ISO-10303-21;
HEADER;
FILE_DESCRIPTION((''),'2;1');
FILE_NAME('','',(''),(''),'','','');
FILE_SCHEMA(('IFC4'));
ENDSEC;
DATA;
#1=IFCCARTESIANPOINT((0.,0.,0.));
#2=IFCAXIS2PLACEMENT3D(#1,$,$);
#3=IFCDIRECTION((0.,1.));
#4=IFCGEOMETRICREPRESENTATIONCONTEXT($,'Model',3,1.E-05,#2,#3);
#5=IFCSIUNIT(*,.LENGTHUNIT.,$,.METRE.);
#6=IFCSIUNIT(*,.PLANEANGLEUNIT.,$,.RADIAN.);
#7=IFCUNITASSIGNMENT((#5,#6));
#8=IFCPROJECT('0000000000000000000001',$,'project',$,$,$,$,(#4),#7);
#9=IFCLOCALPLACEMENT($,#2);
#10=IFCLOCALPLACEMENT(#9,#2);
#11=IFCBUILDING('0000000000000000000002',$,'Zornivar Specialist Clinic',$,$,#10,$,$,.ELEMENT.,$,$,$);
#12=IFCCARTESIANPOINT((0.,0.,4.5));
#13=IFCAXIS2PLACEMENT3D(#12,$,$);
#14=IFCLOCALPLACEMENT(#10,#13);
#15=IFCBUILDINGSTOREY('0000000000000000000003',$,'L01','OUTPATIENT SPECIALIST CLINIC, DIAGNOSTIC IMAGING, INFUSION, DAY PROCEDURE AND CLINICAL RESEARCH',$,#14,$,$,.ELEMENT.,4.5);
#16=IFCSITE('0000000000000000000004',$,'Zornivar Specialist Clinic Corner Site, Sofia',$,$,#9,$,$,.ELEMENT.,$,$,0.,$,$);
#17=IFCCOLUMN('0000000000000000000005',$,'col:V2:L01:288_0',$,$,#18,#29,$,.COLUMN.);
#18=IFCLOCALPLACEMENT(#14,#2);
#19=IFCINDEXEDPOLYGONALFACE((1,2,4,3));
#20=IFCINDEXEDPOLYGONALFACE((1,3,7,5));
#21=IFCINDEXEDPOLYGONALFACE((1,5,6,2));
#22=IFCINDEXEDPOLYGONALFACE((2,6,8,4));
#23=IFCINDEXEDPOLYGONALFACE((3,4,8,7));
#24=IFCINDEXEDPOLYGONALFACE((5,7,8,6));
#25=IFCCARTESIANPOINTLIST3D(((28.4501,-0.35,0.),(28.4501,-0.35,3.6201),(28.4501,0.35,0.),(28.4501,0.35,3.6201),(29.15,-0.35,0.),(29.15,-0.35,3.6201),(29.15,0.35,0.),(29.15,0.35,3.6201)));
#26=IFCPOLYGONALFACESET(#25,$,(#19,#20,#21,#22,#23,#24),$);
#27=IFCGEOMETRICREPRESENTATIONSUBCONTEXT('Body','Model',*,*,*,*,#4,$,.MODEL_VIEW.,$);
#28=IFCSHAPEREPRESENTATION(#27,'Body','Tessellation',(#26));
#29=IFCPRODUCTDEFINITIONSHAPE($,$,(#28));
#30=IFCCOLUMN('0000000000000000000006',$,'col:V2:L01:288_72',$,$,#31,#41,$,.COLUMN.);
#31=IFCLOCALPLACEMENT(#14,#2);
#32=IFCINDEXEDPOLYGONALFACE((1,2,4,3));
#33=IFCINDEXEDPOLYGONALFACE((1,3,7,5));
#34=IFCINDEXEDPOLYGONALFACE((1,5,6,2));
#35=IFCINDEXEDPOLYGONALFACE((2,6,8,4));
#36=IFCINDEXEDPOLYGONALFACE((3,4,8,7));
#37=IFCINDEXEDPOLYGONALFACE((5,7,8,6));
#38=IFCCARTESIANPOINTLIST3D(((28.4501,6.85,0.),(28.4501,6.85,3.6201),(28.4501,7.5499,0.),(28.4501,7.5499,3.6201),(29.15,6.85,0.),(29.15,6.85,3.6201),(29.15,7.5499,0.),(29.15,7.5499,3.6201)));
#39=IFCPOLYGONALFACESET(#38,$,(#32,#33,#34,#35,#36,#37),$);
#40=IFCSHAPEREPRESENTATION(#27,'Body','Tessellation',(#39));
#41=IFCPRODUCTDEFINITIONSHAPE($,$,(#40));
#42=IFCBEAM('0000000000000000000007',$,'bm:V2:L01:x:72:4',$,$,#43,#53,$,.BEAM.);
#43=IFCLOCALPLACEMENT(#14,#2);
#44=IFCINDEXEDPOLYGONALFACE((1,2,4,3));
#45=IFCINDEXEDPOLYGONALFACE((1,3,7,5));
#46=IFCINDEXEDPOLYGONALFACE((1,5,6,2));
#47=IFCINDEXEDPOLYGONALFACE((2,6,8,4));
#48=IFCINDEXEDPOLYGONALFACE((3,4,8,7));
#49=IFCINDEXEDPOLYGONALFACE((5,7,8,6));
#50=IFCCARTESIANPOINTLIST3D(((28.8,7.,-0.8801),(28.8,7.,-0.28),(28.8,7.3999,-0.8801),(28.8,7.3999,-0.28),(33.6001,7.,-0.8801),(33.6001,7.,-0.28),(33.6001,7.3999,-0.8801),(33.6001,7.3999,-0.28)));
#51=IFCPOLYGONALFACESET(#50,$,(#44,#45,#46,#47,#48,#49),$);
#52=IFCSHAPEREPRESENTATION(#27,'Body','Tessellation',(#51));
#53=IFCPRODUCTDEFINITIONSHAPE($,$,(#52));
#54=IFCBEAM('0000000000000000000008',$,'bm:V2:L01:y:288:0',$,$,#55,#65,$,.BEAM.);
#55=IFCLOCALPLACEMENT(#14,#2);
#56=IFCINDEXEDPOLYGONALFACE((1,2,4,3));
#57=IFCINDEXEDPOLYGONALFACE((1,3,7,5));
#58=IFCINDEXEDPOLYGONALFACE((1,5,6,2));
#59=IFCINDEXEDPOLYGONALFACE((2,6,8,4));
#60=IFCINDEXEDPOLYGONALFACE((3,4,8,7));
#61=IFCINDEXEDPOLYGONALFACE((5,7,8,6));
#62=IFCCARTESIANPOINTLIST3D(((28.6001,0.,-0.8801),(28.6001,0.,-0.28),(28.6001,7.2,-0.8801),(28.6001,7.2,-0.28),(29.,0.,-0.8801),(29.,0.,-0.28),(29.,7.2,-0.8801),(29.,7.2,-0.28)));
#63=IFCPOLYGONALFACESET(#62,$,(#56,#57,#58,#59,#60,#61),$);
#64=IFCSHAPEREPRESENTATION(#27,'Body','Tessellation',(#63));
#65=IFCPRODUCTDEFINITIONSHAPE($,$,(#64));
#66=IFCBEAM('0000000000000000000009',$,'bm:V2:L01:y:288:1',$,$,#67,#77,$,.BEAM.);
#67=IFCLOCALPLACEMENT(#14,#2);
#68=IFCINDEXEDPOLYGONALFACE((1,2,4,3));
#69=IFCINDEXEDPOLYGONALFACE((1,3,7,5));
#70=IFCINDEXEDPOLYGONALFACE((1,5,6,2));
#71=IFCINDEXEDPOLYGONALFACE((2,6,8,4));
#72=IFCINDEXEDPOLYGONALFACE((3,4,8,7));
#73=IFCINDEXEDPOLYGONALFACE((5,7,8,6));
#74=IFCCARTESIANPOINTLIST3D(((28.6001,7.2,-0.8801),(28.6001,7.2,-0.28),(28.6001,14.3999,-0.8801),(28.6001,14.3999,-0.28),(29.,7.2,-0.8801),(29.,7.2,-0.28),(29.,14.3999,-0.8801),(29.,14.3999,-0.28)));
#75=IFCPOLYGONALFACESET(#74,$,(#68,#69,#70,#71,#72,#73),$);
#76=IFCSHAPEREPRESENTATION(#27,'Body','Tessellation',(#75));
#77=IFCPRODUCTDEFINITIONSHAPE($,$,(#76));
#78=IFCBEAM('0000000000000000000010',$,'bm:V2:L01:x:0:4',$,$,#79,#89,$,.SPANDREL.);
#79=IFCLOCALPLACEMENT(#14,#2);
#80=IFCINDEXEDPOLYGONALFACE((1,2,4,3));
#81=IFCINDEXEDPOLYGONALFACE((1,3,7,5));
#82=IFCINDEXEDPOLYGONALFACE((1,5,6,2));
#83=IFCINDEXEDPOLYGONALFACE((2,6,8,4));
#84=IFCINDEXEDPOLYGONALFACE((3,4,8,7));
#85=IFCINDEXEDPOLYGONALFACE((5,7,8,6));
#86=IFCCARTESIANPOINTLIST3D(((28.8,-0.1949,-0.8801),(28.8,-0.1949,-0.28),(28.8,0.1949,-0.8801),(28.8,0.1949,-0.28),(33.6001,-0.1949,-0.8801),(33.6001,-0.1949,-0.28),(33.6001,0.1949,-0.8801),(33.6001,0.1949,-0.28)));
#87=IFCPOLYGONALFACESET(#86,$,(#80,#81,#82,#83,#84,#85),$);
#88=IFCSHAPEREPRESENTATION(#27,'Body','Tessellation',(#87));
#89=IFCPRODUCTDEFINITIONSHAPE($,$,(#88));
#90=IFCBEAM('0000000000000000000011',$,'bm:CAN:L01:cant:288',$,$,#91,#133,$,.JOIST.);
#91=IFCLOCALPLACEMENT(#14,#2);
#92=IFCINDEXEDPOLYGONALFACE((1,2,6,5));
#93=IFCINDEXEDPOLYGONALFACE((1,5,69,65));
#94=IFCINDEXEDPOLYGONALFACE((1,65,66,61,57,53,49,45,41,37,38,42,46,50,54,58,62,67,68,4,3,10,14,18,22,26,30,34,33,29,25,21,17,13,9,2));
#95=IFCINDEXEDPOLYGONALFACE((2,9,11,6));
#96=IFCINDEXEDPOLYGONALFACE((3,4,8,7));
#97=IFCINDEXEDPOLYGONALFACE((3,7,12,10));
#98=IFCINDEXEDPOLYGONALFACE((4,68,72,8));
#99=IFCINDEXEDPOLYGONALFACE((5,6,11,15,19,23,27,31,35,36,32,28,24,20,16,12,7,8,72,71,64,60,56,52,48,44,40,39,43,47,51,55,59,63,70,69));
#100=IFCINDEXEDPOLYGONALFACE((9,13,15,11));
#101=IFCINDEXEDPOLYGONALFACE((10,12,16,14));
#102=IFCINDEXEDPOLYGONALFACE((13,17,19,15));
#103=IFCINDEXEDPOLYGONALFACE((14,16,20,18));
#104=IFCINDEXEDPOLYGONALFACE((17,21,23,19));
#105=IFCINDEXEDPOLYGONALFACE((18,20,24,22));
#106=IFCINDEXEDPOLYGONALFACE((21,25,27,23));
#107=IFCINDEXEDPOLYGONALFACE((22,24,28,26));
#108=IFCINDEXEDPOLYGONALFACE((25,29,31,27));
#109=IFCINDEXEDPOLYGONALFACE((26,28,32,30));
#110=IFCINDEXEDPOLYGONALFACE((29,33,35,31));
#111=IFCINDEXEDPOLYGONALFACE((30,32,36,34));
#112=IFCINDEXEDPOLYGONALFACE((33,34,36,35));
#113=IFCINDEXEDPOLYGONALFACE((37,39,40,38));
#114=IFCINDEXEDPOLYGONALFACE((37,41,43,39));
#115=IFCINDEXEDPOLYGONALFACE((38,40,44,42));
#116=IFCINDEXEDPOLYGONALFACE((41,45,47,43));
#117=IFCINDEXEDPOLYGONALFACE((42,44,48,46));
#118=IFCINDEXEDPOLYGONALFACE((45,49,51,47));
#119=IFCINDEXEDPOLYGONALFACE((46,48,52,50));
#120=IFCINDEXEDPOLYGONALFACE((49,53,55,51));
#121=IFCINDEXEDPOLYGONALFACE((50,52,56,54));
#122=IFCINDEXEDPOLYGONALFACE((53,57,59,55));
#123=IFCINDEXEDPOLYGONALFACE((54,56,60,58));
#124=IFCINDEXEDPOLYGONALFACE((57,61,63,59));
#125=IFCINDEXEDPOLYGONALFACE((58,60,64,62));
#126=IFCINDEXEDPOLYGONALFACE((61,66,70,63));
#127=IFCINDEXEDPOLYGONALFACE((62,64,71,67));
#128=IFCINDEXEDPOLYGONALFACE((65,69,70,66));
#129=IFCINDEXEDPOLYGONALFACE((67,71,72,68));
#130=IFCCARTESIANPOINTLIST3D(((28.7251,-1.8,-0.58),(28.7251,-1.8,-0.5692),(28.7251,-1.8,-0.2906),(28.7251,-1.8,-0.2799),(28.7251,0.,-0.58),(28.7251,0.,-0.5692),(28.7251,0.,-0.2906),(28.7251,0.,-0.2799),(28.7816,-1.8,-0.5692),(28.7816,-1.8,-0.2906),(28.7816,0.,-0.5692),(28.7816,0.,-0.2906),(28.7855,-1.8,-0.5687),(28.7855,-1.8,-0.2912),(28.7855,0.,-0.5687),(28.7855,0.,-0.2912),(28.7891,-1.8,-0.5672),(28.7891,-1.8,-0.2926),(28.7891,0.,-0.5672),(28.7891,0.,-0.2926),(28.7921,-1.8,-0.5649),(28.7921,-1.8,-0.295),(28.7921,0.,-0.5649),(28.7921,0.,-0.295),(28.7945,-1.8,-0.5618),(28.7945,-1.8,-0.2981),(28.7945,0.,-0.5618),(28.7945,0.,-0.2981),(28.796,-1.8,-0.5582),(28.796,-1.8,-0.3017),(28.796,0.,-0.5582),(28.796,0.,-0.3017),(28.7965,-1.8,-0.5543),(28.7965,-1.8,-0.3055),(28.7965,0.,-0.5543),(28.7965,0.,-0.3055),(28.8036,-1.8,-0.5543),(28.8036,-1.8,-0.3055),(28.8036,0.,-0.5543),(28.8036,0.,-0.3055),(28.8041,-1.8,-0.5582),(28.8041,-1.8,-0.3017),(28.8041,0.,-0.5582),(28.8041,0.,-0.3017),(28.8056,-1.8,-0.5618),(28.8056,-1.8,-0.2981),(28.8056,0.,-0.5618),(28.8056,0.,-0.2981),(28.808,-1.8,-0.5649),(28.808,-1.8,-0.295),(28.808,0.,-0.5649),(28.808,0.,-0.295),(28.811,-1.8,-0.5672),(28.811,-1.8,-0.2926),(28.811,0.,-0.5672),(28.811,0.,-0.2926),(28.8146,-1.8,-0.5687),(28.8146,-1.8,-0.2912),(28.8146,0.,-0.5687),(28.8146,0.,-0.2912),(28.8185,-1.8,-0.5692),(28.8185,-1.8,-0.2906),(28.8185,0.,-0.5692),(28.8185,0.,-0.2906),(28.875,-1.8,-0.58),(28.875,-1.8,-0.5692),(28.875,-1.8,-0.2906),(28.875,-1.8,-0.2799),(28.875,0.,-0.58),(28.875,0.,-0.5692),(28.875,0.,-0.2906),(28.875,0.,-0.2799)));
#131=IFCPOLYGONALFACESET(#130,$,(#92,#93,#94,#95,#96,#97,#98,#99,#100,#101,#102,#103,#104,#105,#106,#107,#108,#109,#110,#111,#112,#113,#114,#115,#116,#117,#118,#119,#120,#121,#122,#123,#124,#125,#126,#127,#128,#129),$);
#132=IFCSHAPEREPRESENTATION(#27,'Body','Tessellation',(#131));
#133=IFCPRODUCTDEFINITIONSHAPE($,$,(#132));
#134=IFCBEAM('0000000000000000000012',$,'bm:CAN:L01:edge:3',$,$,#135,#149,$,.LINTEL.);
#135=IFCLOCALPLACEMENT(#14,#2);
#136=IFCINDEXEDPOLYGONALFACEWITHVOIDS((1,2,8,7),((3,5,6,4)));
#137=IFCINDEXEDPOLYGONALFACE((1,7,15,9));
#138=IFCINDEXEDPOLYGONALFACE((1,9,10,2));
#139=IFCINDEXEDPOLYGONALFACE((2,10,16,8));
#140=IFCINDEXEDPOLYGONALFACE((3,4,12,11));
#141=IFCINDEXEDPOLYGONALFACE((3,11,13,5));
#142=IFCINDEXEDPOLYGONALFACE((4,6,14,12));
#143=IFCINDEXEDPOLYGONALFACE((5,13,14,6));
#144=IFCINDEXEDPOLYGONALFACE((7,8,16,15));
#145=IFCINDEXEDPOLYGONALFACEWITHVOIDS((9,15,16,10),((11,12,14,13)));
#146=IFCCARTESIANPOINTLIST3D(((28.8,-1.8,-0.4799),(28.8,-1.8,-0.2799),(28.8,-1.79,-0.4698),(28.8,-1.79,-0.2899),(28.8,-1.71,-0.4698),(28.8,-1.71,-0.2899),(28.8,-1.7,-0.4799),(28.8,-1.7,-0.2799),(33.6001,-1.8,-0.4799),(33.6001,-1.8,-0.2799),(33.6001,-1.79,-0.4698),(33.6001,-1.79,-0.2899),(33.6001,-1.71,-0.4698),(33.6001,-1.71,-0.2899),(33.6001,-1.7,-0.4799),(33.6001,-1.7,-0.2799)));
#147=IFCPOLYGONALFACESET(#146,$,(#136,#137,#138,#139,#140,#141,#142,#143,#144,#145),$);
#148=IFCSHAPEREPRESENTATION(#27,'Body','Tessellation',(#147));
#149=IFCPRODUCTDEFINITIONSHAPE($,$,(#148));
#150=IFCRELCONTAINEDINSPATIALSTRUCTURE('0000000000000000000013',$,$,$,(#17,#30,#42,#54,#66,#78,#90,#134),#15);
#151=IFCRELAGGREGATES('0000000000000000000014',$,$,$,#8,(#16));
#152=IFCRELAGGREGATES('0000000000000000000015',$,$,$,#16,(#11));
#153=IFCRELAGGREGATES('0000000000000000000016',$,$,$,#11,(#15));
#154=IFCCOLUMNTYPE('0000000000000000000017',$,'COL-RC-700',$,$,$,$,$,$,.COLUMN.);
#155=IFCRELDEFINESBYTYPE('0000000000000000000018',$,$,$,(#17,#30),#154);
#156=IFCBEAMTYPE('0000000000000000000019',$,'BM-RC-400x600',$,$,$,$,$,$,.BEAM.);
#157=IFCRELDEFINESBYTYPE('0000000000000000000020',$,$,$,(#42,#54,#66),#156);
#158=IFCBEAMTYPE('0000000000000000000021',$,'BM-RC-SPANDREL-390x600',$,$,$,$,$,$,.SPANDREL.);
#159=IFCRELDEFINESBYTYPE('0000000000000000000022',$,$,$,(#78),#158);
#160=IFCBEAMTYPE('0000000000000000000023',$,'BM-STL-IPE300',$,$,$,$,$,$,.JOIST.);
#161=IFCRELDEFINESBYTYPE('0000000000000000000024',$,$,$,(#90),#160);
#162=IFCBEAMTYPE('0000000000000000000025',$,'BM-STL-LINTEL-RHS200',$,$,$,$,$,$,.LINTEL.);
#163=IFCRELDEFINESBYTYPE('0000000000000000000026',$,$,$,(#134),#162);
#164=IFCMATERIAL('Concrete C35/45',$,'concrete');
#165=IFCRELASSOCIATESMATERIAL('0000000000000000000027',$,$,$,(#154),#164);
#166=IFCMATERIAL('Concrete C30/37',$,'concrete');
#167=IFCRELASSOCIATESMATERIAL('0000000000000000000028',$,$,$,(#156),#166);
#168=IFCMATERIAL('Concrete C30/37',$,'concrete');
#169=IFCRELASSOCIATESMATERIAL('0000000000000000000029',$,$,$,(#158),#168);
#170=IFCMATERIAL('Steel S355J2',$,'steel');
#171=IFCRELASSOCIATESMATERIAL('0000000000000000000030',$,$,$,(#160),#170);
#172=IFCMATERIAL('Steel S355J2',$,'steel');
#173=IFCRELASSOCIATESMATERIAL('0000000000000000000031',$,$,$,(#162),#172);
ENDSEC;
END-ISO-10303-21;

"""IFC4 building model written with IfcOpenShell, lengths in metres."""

from ifc_helpers import new_model, si_unit, direction, frame, origin, origin_2d, place, context, subcontext, project, spatial, rectangle, hollow_rectangle, i_section, extrude, material, material_profile, profile_set, type_object, element, save


model = new_model("IFC4")

# Units and contexts
model_context = context("Model", 3, precision=1e-05, world=origin(), true_north=direction((0.0, 1.0)))
body_context = subcontext(model_context, "Body", "Model", "MODEL_VIEW")
ifc_project = project(units=[si_unit("LENGTHUNIT", "METRE"), si_unit("PLANEANGLEUNIT", "RADIAN")], contexts=[model_context])

# Site, building, storey
site_placement = place(None, origin())
site = spatial("IfcSite", under=ifc_project, at=site_placement, Name="Zornivar Specialist Clinic Corner Site, Sofia", CompositionType="ELEMENT", RefElevation=0.0)
building_placement = place(site_placement, origin())
building = spatial("IfcBuilding", under=site, at=building_placement, Name="Zornivar Specialist Clinic", CompositionType="ELEMENT")
storey_placement = place(building_placement, frame((0.0, 0.0, 4.5)))
storey = spatial("IfcBuildingStorey", under=building, at=storey_placement, Name="L01", Description="OUTPATIENT SPECIALIST CLINIC, DIAGNOSTIC IMAGING, INFUSION, DAY PROCEDURE AND CLINICAL RESEARCH", CompositionType="ELEMENT", Elevation=4.5)

# Columns
ifc_material_1 = material(Name="Concrete C35/45", Category="concrete")
ifc_material_profile_1 = material_profile(ifc_material_1, rectangle(XDim=0.7, YDim=0.7, at=origin_2d()), Name="RC 700x700")
ifc_profile_set_1 = profile_set([ifc_material_profile_1], Name="Concrete C35/45")
column_type = type_object("IfcColumnType", Name="COL-RC-700", PredefinedType="COLUMN", material=ifc_profile_set_1)
for number, where, z_axis, x_axis, name in (
    (1, (28.8, 0.0, 0.0), (0.0, 0.0, 1.0), (1.0, 0.0, 0.0), "col:V2:L01:288_0"),
    (2, (28.8, 7.2, 0.0), (0.0, 0.0, 1.0), (1.0, 0.0, 0.0), "col:V2:L01:288_72"),
):
    element("IfcColumn", number, at=place(storey_placement, frame(where, z_axis=z_axis, x_axis=x_axis)), inside=storey, type_object=column_type, Name=name, PredefinedType="COLUMN", context=body_context, shape_type="SweptSolid", body=[
        extrude(rectangle(XDim=0.7, YDim=0.7, at=origin_2d()), origin(), (0.0, 0.0, 1.0), 3.6201),
    ])

# Beams
ifc_material_2 = material(Name="Concrete C30/37", Category="concrete")
ifc_material_profile_2 = material_profile(ifc_material_2, rectangle(XDim=0.3999, YDim=0.6001, at=origin_2d()), Name="RC 400x600")
ifc_profile_set_2 = profile_set([ifc_material_profile_2], Name="Concrete C30/37")
beam_type_1 = type_object("IfcBeamType", Name="BM-RC-400x600", PredefinedType="BEAM", material=ifc_profile_set_2)
beam_1_placement = place(storey_placement, frame((28.8, 7.2, -0.5801), z_axis=(1.0, 0.0, 0.0), x_axis=(0.0, 1.0, 0.0)))
element("IfcBeam", 3, at=beam_1_placement, inside=storey, type_object=beam_type_1, Name="bm:V2:L01:x:72:4", PredefinedType="BEAM", context=body_context, shape_type="SweptSolid", body=[
    extrude(rectangle(XDim=0.3999, YDim=0.6001, at=origin_2d()), origin(), (0.0, 0.0, 1.0), 4.8),
])
for number, where, z_axis, x_axis, name in (
    (4, (28.8, 0.0, -0.5801), (0.0, 1.0, 0.0), (-1.0, 0.0, 0.0), "bm:V2:L01:y:288:0"),
    (5, (28.8, 7.2, -0.5801), (0.0, 1.0, 0.0), (-1.0, 0.0, 0.0), "bm:V2:L01:y:288:1"),
):
    element("IfcBeam", number, at=place(storey_placement, frame(where, z_axis=z_axis, x_axis=x_axis)), inside=storey, type_object=beam_type_1, Name=name, PredefinedType="BEAM", context=body_context, shape_type="SweptSolid", body=[
        extrude(rectangle(XDim=0.3999, YDim=0.6001, at=origin_2d()), origin(), (0.0, 0.0, 1.0), 7.2),
    ])
ifc_material_3 = material(Name="Concrete C30/37", Category="concrete")
ifc_material_profile_3 = material_profile(ifc_material_3, rectangle(XDim=0.3899, YDim=0.6001, at=origin_2d()), Name="RC 390x600")
ifc_profile_set_3 = profile_set([ifc_material_profile_3], Name="Concrete C30/37")
beam_type_2 = type_object("IfcBeamType", Name="BM-RC-SPANDREL-390x600", PredefinedType="SPANDREL", material=ifc_profile_set_3)
beam_2_placement = place(storey_placement, frame((28.8, 0.0, -0.5801), z_axis=(1.0, 0.0, 0.0), x_axis=(0.0, 1.0, 0.0)))
element("IfcBeam", 6, at=beam_2_placement, inside=storey, type_object=beam_type_2, Name="bm:V2:L01:x:0:4", PredefinedType="SPANDREL", context=body_context, shape_type="SweptSolid", body=[
    extrude(rectangle(XDim=0.3899, YDim=0.6001, at=origin_2d()), origin(), (0.0, 0.0, 1.0), 4.8),
])
ifc_material_4 = material(Name="Steel S355J2", Category="steel")
ifc_material_profile_4 = material_profile(ifc_material_4, i_section(OverallWidth=0.1499, OverallDepth=0.3, WebThickness=0.0071, FlangeThickness=0.0107, FilletRadius=0.0149, at=origin_2d()), Name="IPE 300")
ifc_profile_set_4 = profile_set([ifc_material_profile_4], Name="Steel S355J2")
beam_type_3 = type_object("IfcBeamType", Name="BM-STL-IPE300", PredefinedType="JOIST", material=ifc_profile_set_4)
beam_3_placement = place(storey_placement, frame((28.8, 0.0, -0.4299), z_axis=(0.0, -1.0, 0.0), x_axis=(1.0, 0.0, 0.0)))
element("IfcBeam", 7, at=beam_3_placement, inside=storey, type_object=beam_type_3, Name="bm:CAN:L01:cant:288", PredefinedType="JOIST", context=body_context, shape_type="SweptSolid", body=[
    extrude(i_section(OverallWidth=0.1499, OverallDepth=0.3, WebThickness=0.0071, FlangeThickness=0.0107, FilletRadius=0.0149, at=origin_2d()), origin(), (0.0, 0.0, 1.0), 1.8),
])
ifc_material_5 = material(Name="Steel S355J2", Category="steel")
ifc_material_profile_5 = material_profile(ifc_material_5, hollow_rectangle(XDim=0.1001, YDim=0.2, WallThickness=0.01, at=origin_2d()), Name="RHS 200x100x10")
ifc_profile_set_5 = profile_set([ifc_material_profile_5], Name="Steel S355J2")
beam_type_4 = type_object("IfcBeamType", Name="BM-STL-LINTEL-RHS200", PredefinedType="LINTEL", material=ifc_profile_set_5)
beam_4_placement = place(storey_placement, frame((28.8, -1.75, -0.3799), z_axis=(1.0, 0.0, 0.0), x_axis=(0.0, 1.0, 0.0)))
element("IfcBeam", 8, at=beam_4_placement, inside=storey, type_object=beam_type_4, Name="bm:CAN:L01:edge:3", PredefinedType="LINTEL", context=body_context, shape_type="SweptSolid", body=[
    extrude(hollow_rectangle(XDim=0.1001, YDim=0.2, WallThickness=0.01, at=origin_2d()), origin(), (0.0, 0.0, 1.0), 4.8),
])

save(model, "model.ifc")
